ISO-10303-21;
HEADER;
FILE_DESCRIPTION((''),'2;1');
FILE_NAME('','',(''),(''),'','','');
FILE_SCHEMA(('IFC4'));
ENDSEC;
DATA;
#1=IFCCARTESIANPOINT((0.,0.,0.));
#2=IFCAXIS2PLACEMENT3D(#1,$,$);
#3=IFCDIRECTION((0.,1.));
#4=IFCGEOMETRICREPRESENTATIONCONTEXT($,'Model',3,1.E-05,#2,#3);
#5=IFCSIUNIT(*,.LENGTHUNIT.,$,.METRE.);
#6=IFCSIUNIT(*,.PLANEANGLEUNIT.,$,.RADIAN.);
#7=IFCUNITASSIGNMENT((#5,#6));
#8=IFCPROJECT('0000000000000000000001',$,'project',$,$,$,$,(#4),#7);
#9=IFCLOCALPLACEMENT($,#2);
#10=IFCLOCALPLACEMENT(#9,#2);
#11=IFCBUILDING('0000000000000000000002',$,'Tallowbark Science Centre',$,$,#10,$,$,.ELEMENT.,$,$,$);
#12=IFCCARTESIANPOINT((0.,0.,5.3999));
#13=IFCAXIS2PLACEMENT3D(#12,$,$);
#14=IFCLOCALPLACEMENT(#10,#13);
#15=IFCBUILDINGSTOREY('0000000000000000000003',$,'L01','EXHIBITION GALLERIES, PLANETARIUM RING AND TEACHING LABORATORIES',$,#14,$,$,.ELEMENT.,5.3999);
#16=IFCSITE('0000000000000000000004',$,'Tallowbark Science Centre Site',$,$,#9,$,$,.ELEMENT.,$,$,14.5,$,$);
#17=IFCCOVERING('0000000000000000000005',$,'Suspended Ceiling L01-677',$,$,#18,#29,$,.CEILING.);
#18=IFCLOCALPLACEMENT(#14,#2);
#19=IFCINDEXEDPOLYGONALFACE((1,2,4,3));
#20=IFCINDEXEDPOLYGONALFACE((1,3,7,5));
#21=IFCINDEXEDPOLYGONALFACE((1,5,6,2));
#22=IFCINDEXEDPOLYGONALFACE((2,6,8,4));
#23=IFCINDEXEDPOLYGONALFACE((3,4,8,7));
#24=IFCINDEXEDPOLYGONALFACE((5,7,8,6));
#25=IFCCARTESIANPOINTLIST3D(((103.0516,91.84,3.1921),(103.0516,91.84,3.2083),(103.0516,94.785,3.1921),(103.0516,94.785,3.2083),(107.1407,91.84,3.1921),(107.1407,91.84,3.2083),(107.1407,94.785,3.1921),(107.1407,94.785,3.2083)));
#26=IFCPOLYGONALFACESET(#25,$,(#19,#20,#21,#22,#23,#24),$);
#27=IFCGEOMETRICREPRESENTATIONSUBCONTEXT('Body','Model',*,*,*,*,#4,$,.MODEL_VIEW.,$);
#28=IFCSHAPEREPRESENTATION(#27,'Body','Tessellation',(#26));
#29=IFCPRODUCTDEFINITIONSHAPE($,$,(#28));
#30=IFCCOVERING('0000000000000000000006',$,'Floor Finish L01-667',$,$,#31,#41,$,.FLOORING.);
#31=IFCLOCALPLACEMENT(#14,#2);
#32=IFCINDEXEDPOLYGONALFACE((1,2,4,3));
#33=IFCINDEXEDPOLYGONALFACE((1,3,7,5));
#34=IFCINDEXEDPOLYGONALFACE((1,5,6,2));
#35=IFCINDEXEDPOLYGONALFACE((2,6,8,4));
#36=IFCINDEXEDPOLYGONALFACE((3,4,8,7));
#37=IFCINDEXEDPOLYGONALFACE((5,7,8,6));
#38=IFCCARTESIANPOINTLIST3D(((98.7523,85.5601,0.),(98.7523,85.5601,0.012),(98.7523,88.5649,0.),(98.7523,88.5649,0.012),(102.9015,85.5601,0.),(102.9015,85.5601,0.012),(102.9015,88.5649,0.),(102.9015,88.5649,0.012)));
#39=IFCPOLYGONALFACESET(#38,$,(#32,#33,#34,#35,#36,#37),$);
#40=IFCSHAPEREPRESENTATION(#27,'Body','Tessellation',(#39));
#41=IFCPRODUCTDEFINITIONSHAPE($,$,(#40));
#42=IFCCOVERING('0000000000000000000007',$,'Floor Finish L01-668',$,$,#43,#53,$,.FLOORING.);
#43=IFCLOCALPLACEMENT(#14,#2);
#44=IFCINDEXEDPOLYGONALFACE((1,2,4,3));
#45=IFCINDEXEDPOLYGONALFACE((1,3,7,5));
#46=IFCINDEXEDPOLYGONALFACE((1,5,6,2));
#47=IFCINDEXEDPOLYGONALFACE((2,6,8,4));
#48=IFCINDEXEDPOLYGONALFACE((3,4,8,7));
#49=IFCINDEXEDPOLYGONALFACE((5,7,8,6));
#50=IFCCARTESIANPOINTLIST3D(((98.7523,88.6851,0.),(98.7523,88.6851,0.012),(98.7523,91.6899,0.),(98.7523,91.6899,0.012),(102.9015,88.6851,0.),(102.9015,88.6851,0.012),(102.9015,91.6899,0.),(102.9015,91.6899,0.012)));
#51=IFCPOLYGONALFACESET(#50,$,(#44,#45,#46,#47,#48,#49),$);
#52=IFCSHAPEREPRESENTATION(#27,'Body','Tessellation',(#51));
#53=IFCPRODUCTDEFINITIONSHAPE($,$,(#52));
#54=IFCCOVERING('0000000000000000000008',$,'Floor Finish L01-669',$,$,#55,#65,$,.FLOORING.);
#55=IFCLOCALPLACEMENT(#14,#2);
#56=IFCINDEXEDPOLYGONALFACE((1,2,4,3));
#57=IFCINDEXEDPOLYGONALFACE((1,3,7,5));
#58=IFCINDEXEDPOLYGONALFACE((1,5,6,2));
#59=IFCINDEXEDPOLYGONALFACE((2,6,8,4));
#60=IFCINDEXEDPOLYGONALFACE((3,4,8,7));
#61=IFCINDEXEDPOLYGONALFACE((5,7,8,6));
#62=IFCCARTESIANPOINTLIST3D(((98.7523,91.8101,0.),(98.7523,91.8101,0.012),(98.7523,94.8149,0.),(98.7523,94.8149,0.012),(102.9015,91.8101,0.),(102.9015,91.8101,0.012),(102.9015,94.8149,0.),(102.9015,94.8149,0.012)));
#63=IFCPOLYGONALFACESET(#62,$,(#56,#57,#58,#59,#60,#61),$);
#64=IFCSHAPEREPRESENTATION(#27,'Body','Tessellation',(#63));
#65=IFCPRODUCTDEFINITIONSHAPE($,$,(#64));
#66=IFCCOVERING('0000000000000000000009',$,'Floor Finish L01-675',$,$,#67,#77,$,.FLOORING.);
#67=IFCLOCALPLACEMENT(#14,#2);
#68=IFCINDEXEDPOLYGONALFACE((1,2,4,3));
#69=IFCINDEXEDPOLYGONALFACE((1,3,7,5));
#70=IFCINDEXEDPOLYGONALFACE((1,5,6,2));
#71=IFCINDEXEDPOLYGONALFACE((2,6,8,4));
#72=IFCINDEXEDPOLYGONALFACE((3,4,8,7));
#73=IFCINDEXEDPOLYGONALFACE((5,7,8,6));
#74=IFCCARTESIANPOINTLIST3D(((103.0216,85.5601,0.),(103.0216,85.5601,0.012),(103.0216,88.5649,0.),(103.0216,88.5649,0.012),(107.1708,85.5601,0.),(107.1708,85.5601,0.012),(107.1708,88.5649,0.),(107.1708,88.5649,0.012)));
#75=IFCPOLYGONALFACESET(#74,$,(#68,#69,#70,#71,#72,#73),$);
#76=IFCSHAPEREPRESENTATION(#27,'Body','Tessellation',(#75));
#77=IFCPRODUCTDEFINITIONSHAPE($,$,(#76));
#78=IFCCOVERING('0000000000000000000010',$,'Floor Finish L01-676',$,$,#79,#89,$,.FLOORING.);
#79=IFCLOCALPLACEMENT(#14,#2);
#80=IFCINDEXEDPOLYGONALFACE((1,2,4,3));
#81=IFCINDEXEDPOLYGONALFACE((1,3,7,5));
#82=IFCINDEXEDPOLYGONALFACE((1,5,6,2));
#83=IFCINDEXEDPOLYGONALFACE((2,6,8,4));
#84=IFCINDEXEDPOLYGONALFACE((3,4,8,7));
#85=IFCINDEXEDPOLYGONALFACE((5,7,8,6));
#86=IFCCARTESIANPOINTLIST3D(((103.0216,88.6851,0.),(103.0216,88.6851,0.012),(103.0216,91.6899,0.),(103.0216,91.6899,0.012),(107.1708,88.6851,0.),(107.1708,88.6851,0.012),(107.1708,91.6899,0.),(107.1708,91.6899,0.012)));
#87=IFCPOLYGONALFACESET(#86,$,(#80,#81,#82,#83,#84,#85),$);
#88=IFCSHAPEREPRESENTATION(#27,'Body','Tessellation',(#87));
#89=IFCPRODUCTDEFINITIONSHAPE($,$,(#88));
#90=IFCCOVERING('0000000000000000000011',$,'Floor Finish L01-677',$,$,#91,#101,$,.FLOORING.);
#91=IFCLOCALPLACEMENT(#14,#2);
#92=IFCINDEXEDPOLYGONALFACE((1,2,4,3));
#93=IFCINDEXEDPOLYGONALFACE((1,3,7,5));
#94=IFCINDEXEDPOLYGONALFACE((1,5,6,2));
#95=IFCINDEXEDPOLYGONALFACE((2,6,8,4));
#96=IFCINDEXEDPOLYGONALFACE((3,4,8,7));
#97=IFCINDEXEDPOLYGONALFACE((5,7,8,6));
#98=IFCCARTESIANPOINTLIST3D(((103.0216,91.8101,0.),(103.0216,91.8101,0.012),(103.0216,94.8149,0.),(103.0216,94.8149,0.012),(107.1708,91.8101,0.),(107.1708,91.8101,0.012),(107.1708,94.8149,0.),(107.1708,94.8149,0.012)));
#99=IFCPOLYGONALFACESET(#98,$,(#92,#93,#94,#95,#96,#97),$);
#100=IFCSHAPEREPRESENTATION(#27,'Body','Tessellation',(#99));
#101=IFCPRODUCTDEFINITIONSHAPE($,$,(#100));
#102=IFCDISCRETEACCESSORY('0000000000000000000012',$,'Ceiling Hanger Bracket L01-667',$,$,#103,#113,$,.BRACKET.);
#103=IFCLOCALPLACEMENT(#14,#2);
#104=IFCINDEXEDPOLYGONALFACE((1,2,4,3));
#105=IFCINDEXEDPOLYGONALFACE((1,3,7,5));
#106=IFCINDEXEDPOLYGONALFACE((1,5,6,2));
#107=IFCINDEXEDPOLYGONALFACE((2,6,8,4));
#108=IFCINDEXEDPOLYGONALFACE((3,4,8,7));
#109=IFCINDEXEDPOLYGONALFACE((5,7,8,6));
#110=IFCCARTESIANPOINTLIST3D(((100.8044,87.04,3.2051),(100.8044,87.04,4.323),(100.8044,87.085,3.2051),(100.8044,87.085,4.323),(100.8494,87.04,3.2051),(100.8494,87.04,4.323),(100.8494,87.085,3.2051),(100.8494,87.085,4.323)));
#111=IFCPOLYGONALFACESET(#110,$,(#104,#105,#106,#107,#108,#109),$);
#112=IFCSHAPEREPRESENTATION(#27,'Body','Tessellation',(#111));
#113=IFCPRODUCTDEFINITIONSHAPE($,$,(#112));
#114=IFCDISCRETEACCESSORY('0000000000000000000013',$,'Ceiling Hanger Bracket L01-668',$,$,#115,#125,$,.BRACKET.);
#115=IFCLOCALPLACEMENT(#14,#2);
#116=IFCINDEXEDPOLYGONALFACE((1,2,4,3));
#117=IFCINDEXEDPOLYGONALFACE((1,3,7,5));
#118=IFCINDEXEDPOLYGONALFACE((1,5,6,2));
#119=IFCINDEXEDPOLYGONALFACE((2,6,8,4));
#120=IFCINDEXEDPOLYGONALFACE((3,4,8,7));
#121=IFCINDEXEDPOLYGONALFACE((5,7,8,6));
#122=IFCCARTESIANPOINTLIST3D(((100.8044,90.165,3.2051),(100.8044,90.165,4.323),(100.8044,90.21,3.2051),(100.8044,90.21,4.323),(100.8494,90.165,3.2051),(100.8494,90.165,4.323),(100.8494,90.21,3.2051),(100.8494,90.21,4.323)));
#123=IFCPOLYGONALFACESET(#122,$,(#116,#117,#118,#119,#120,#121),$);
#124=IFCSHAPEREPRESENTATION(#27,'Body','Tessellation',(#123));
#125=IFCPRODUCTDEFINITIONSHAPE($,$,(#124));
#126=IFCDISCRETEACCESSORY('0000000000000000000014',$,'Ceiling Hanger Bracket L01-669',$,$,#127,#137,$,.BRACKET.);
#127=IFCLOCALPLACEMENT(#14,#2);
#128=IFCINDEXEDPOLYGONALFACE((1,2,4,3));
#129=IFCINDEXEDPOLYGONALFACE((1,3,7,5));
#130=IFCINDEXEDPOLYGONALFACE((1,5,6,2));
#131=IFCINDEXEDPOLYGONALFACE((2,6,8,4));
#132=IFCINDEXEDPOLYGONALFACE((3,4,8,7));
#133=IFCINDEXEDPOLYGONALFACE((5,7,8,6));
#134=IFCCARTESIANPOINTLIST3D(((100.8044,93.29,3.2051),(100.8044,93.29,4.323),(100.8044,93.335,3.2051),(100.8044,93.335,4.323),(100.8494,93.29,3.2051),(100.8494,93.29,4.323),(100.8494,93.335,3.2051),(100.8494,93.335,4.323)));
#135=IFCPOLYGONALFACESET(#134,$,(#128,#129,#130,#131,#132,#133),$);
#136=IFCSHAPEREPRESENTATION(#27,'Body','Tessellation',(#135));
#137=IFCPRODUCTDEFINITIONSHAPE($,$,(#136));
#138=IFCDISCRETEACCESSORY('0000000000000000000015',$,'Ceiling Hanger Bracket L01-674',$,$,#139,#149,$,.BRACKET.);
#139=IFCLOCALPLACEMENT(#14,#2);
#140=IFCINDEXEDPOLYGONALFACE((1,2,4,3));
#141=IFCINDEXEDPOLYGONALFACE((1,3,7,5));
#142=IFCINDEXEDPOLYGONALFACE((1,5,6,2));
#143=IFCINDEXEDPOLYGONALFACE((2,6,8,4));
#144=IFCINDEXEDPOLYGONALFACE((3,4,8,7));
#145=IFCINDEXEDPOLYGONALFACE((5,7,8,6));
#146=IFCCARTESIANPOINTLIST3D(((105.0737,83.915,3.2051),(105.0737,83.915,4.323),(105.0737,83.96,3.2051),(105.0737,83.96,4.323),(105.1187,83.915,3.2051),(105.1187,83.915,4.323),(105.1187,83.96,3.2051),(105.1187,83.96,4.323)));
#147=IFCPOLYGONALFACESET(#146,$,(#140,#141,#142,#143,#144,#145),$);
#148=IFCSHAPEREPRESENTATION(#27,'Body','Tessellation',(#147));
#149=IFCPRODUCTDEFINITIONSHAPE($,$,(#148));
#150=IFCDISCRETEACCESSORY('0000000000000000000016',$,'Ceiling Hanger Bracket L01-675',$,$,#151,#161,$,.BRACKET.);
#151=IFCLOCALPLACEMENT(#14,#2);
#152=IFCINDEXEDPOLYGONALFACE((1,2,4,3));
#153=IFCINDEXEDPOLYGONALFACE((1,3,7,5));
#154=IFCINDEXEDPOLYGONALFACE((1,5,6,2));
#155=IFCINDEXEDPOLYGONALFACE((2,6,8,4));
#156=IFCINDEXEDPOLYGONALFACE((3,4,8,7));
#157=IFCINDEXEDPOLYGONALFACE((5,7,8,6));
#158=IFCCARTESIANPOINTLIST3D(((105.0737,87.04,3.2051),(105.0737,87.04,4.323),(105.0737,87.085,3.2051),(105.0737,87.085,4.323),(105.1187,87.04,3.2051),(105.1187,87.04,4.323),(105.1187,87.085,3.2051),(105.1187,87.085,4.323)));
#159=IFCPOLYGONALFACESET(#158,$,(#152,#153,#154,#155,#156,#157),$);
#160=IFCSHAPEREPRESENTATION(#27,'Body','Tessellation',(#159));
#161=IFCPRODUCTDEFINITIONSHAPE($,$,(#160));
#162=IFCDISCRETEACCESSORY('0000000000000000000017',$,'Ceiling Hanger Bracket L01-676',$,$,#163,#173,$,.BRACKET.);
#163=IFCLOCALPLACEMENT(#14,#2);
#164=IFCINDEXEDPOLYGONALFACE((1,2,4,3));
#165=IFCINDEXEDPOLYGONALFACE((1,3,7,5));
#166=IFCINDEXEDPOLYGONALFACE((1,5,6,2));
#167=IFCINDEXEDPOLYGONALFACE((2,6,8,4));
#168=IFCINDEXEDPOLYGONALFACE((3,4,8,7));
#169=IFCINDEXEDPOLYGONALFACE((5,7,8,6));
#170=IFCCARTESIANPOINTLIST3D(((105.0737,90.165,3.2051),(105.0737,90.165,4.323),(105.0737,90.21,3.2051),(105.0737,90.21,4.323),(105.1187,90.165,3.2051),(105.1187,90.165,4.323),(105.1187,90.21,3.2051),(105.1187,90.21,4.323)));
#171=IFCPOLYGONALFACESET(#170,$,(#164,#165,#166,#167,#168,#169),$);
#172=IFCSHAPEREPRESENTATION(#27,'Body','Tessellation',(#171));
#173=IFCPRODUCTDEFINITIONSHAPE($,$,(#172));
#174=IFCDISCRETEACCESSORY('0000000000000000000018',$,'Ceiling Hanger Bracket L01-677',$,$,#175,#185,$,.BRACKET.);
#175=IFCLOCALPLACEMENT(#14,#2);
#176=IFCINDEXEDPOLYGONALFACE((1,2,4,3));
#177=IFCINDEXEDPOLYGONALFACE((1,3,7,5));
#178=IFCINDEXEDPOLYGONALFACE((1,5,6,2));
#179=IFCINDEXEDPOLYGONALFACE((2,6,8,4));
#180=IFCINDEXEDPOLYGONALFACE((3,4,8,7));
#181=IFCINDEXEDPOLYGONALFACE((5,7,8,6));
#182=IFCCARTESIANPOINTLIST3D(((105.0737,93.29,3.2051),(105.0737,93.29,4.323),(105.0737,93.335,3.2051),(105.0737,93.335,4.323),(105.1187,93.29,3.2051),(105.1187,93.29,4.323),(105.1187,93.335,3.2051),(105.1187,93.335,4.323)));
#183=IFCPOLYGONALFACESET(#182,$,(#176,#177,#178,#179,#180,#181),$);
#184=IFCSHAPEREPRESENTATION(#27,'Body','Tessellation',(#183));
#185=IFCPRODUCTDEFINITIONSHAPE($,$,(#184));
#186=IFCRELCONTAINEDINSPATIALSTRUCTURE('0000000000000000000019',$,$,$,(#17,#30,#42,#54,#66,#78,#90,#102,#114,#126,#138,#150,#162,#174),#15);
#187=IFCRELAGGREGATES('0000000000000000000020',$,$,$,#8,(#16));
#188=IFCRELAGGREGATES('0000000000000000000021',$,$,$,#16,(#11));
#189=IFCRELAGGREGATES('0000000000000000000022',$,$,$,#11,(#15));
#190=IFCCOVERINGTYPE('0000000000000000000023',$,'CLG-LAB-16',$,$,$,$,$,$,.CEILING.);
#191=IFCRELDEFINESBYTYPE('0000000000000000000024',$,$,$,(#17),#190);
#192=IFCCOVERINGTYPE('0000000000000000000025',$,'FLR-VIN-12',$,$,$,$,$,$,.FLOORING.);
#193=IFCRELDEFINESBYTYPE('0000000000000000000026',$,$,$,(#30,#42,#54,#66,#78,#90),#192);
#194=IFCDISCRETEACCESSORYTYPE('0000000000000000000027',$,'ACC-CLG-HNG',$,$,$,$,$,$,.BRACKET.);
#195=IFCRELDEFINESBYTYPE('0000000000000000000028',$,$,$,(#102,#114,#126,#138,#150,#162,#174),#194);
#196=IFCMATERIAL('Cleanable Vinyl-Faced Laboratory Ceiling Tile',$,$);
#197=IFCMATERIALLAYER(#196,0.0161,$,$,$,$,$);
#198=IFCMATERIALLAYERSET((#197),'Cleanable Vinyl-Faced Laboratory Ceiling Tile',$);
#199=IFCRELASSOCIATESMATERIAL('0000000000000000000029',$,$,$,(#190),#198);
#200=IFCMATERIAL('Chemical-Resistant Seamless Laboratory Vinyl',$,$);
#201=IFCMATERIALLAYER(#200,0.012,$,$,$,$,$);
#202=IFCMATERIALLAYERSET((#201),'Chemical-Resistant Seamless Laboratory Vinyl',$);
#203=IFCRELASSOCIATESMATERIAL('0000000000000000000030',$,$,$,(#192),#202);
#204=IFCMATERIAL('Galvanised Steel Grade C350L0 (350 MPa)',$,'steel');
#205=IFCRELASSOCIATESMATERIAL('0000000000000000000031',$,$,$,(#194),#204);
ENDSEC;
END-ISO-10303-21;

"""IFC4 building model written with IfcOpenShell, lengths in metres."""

from ifc_helpers import new_model, si_unit, direction, frame, origin, origin_2d, place, context, subcontext, project, spatial, rectangle, extrude, material, layer, layer_set, type_object, element, save


model = new_model("IFC4")

# Units and contexts
model_context = context("Model", 3, precision=1e-05, world=origin(), true_north=direction((0.0, 1.0)))
body_context = subcontext(model_context, "Body", "Model", "MODEL_VIEW")
ifc_project = project(units=[si_unit("LENGTHUNIT", "METRE"), si_unit("PLANEANGLEUNIT", "RADIAN")], contexts=[model_context])

# Site, building, storey
site_placement = place(None, origin())
site = spatial("IfcSite", under=ifc_project, at=site_placement, Name="Tallowbark Science Centre Site", CompositionType="ELEMENT", RefElevation=14.5)
building_placement = place(site_placement, origin())
building = spatial("IfcBuilding", under=site, at=building_placement, Name="Tallowbark Science Centre", CompositionType="ELEMENT")
storey_placement = place(building_placement, frame((0.0, 0.0, 5.3999)))
storey = spatial("IfcBuildingStorey", under=building, at=storey_placement, Name="L01", Description="EXHIBITION GALLERIES, PLANETARIUM RING AND TEACHING LABORATORIES", CompositionType="ELEMENT", Elevation=5.3999)

# Coverings
ifc_material_1 = material(Name="Cleanable Vinyl-Faced Laboratory Ceiling Tile")
ifc_layer_1 = layer(ifc_material_1, 0.0161)
ifc_layer_set_1 = layer_set([ifc_layer_1], Name="Cleanable Vinyl-Faced Laboratory Ceiling Tile")
covering_type_1 = type_object("IfcCoveringType", Name="CLG-LAB-16", PredefinedType="CEILING", material=ifc_layer_set_1)
for number, where, z_axis, x_axis, name in (
    (1, (105.0962, 93.3125, 3.1921), (0.0, 0.0, 1.0), (1.0, 0.0, 0.0), "Suspended Ceiling L01-677"),
):
    element("IfcCovering", number, at=place(storey_placement, frame(where, z_axis=z_axis, x_axis=x_axis)), inside=storey, type_object=covering_type_1, Name=name, PredefinedType="CEILING", context=body_context, shape_type="SweptSolid", body=[
        extrude(rectangle(XDim=4.0891, YDim=2.9451, at=origin_2d()), origin(), (0.0, 0.0, 1.0), 0.0161),
    ])
ifc_material_2 = material(Name="Chemical-Resistant Seamless Laboratory Vinyl")
ifc_layer_2 = layer(ifc_material_2, 0.012)
ifc_layer_set_2 = layer_set([ifc_layer_2], Name="Chemical-Resistant Seamless Laboratory Vinyl")
covering_type_2 = type_object("IfcCoveringType", Name="FLR-VIN-12", PredefinedType="FLOORING", material=ifc_layer_set_2)
for number, where, z_axis, x_axis, name in (
    (2, (100.8269, 87.0625, 0.0), (0.0, 0.0, 1.0), (1.0, 0.0, 0.0), "Floor Finish L01-667"),
    (3, (100.8269, 90.1875, 0.0), (0.0, 0.0, 1.0), (1.0, 0.0, 0.0), "Floor Finish L01-668"),
    (4, (100.8269, 93.3125, 0.0), (0.0, 0.0, 1.0), (1.0, 0.0, 0.0), "Floor Finish L01-669"),
    (5, (105.0962, 87.0625, 0.0), (0.0, 0.0, 1.0), (1.0, 0.0, 0.0), "Floor Finish L01-675"),
    (6, (105.0962, 90.1875, 0.0), (0.0, 0.0, 1.0), (1.0, 0.0, 0.0), "Floor Finish L01-676"),
    (7, (105.0962, 93.3125, 0.0), (0.0, 0.0, 1.0), (1.0, 0.0, 0.0), "Floor Finish L01-677"),
):
    element("IfcCovering", number, at=place(storey_placement, frame(where, z_axis=z_axis, x_axis=x_axis)), inside=storey, type_object=covering_type_2, Name=name, PredefinedType="FLOORING", context=body_context, shape_type="SweptSolid", body=[
        extrude(rectangle(XDim=4.1492, YDim=3.0049, at=origin_2d()), origin(), (0.0, 0.0, 1.0), 0.012),
    ])

# Discrete accessories
ifc_material_3 = material(Name="Galvanised Steel Grade C350L0 (350 MPa)", Category="steel")
discrete_accessory_type = type_object("IfcDiscreteAccessoryType", Name="ACC-CLG-HNG", PredefinedType="BRACKET", material=ifc_material_3)
for number, where, z_axis, x_axis, name in (
    (8, (100.8269, 87.0625, 3.2051), (0.0, 0.0, 1.0), (1.0, 0.0, 0.0), "Ceiling Hanger Bracket L01-667"),
    (9, (100.8269, 90.1875, 3.2051), (0.0, 0.0, 1.0), (1.0, 0.0, 0.0), "Ceiling Hanger Bracket L01-668"),
    (10, (100.8269, 93.3125, 3.2051), (0.0, 0.0, 1.0), (1.0, 0.0, 0.0), "Ceiling Hanger Bracket L01-669"),
    (11, (105.0962, 83.9375, 3.2051), (0.0, 0.0, 1.0), (1.0, 0.0, 0.0), "Ceiling Hanger Bracket L01-674"),
    (12, (105.0962, 87.0625, 3.2051), (0.0, 0.0, 1.0), (1.0, 0.0, 0.0), "Ceiling Hanger Bracket L01-675"),
    (13, (105.0962, 90.1875, 3.2051), (0.0, 0.0, 1.0), (1.0, 0.0, 0.0), "Ceiling Hanger Bracket L01-676"),
    (14, (105.0962, 93.3125, 3.2051), (0.0, 0.0, 1.0), (1.0, 0.0, 0.0), "Ceiling Hanger Bracket L01-677"),
):
    element("IfcDiscreteAccessory", number, at=place(storey_placement, frame(where, z_axis=z_axis, x_axis=x_axis)), inside=storey, type_object=discrete_accessory_type, Name=name, PredefinedType="BRACKET", context=body_context, shape_type="SweptSolid", body=[
        extrude(rectangle(XDim=0.0449, YDim=0.0449, at=origin_2d()), origin(), (0.0, 0.0, 1.0), 1.1179),
    ])

save(model, "model.ifc")
